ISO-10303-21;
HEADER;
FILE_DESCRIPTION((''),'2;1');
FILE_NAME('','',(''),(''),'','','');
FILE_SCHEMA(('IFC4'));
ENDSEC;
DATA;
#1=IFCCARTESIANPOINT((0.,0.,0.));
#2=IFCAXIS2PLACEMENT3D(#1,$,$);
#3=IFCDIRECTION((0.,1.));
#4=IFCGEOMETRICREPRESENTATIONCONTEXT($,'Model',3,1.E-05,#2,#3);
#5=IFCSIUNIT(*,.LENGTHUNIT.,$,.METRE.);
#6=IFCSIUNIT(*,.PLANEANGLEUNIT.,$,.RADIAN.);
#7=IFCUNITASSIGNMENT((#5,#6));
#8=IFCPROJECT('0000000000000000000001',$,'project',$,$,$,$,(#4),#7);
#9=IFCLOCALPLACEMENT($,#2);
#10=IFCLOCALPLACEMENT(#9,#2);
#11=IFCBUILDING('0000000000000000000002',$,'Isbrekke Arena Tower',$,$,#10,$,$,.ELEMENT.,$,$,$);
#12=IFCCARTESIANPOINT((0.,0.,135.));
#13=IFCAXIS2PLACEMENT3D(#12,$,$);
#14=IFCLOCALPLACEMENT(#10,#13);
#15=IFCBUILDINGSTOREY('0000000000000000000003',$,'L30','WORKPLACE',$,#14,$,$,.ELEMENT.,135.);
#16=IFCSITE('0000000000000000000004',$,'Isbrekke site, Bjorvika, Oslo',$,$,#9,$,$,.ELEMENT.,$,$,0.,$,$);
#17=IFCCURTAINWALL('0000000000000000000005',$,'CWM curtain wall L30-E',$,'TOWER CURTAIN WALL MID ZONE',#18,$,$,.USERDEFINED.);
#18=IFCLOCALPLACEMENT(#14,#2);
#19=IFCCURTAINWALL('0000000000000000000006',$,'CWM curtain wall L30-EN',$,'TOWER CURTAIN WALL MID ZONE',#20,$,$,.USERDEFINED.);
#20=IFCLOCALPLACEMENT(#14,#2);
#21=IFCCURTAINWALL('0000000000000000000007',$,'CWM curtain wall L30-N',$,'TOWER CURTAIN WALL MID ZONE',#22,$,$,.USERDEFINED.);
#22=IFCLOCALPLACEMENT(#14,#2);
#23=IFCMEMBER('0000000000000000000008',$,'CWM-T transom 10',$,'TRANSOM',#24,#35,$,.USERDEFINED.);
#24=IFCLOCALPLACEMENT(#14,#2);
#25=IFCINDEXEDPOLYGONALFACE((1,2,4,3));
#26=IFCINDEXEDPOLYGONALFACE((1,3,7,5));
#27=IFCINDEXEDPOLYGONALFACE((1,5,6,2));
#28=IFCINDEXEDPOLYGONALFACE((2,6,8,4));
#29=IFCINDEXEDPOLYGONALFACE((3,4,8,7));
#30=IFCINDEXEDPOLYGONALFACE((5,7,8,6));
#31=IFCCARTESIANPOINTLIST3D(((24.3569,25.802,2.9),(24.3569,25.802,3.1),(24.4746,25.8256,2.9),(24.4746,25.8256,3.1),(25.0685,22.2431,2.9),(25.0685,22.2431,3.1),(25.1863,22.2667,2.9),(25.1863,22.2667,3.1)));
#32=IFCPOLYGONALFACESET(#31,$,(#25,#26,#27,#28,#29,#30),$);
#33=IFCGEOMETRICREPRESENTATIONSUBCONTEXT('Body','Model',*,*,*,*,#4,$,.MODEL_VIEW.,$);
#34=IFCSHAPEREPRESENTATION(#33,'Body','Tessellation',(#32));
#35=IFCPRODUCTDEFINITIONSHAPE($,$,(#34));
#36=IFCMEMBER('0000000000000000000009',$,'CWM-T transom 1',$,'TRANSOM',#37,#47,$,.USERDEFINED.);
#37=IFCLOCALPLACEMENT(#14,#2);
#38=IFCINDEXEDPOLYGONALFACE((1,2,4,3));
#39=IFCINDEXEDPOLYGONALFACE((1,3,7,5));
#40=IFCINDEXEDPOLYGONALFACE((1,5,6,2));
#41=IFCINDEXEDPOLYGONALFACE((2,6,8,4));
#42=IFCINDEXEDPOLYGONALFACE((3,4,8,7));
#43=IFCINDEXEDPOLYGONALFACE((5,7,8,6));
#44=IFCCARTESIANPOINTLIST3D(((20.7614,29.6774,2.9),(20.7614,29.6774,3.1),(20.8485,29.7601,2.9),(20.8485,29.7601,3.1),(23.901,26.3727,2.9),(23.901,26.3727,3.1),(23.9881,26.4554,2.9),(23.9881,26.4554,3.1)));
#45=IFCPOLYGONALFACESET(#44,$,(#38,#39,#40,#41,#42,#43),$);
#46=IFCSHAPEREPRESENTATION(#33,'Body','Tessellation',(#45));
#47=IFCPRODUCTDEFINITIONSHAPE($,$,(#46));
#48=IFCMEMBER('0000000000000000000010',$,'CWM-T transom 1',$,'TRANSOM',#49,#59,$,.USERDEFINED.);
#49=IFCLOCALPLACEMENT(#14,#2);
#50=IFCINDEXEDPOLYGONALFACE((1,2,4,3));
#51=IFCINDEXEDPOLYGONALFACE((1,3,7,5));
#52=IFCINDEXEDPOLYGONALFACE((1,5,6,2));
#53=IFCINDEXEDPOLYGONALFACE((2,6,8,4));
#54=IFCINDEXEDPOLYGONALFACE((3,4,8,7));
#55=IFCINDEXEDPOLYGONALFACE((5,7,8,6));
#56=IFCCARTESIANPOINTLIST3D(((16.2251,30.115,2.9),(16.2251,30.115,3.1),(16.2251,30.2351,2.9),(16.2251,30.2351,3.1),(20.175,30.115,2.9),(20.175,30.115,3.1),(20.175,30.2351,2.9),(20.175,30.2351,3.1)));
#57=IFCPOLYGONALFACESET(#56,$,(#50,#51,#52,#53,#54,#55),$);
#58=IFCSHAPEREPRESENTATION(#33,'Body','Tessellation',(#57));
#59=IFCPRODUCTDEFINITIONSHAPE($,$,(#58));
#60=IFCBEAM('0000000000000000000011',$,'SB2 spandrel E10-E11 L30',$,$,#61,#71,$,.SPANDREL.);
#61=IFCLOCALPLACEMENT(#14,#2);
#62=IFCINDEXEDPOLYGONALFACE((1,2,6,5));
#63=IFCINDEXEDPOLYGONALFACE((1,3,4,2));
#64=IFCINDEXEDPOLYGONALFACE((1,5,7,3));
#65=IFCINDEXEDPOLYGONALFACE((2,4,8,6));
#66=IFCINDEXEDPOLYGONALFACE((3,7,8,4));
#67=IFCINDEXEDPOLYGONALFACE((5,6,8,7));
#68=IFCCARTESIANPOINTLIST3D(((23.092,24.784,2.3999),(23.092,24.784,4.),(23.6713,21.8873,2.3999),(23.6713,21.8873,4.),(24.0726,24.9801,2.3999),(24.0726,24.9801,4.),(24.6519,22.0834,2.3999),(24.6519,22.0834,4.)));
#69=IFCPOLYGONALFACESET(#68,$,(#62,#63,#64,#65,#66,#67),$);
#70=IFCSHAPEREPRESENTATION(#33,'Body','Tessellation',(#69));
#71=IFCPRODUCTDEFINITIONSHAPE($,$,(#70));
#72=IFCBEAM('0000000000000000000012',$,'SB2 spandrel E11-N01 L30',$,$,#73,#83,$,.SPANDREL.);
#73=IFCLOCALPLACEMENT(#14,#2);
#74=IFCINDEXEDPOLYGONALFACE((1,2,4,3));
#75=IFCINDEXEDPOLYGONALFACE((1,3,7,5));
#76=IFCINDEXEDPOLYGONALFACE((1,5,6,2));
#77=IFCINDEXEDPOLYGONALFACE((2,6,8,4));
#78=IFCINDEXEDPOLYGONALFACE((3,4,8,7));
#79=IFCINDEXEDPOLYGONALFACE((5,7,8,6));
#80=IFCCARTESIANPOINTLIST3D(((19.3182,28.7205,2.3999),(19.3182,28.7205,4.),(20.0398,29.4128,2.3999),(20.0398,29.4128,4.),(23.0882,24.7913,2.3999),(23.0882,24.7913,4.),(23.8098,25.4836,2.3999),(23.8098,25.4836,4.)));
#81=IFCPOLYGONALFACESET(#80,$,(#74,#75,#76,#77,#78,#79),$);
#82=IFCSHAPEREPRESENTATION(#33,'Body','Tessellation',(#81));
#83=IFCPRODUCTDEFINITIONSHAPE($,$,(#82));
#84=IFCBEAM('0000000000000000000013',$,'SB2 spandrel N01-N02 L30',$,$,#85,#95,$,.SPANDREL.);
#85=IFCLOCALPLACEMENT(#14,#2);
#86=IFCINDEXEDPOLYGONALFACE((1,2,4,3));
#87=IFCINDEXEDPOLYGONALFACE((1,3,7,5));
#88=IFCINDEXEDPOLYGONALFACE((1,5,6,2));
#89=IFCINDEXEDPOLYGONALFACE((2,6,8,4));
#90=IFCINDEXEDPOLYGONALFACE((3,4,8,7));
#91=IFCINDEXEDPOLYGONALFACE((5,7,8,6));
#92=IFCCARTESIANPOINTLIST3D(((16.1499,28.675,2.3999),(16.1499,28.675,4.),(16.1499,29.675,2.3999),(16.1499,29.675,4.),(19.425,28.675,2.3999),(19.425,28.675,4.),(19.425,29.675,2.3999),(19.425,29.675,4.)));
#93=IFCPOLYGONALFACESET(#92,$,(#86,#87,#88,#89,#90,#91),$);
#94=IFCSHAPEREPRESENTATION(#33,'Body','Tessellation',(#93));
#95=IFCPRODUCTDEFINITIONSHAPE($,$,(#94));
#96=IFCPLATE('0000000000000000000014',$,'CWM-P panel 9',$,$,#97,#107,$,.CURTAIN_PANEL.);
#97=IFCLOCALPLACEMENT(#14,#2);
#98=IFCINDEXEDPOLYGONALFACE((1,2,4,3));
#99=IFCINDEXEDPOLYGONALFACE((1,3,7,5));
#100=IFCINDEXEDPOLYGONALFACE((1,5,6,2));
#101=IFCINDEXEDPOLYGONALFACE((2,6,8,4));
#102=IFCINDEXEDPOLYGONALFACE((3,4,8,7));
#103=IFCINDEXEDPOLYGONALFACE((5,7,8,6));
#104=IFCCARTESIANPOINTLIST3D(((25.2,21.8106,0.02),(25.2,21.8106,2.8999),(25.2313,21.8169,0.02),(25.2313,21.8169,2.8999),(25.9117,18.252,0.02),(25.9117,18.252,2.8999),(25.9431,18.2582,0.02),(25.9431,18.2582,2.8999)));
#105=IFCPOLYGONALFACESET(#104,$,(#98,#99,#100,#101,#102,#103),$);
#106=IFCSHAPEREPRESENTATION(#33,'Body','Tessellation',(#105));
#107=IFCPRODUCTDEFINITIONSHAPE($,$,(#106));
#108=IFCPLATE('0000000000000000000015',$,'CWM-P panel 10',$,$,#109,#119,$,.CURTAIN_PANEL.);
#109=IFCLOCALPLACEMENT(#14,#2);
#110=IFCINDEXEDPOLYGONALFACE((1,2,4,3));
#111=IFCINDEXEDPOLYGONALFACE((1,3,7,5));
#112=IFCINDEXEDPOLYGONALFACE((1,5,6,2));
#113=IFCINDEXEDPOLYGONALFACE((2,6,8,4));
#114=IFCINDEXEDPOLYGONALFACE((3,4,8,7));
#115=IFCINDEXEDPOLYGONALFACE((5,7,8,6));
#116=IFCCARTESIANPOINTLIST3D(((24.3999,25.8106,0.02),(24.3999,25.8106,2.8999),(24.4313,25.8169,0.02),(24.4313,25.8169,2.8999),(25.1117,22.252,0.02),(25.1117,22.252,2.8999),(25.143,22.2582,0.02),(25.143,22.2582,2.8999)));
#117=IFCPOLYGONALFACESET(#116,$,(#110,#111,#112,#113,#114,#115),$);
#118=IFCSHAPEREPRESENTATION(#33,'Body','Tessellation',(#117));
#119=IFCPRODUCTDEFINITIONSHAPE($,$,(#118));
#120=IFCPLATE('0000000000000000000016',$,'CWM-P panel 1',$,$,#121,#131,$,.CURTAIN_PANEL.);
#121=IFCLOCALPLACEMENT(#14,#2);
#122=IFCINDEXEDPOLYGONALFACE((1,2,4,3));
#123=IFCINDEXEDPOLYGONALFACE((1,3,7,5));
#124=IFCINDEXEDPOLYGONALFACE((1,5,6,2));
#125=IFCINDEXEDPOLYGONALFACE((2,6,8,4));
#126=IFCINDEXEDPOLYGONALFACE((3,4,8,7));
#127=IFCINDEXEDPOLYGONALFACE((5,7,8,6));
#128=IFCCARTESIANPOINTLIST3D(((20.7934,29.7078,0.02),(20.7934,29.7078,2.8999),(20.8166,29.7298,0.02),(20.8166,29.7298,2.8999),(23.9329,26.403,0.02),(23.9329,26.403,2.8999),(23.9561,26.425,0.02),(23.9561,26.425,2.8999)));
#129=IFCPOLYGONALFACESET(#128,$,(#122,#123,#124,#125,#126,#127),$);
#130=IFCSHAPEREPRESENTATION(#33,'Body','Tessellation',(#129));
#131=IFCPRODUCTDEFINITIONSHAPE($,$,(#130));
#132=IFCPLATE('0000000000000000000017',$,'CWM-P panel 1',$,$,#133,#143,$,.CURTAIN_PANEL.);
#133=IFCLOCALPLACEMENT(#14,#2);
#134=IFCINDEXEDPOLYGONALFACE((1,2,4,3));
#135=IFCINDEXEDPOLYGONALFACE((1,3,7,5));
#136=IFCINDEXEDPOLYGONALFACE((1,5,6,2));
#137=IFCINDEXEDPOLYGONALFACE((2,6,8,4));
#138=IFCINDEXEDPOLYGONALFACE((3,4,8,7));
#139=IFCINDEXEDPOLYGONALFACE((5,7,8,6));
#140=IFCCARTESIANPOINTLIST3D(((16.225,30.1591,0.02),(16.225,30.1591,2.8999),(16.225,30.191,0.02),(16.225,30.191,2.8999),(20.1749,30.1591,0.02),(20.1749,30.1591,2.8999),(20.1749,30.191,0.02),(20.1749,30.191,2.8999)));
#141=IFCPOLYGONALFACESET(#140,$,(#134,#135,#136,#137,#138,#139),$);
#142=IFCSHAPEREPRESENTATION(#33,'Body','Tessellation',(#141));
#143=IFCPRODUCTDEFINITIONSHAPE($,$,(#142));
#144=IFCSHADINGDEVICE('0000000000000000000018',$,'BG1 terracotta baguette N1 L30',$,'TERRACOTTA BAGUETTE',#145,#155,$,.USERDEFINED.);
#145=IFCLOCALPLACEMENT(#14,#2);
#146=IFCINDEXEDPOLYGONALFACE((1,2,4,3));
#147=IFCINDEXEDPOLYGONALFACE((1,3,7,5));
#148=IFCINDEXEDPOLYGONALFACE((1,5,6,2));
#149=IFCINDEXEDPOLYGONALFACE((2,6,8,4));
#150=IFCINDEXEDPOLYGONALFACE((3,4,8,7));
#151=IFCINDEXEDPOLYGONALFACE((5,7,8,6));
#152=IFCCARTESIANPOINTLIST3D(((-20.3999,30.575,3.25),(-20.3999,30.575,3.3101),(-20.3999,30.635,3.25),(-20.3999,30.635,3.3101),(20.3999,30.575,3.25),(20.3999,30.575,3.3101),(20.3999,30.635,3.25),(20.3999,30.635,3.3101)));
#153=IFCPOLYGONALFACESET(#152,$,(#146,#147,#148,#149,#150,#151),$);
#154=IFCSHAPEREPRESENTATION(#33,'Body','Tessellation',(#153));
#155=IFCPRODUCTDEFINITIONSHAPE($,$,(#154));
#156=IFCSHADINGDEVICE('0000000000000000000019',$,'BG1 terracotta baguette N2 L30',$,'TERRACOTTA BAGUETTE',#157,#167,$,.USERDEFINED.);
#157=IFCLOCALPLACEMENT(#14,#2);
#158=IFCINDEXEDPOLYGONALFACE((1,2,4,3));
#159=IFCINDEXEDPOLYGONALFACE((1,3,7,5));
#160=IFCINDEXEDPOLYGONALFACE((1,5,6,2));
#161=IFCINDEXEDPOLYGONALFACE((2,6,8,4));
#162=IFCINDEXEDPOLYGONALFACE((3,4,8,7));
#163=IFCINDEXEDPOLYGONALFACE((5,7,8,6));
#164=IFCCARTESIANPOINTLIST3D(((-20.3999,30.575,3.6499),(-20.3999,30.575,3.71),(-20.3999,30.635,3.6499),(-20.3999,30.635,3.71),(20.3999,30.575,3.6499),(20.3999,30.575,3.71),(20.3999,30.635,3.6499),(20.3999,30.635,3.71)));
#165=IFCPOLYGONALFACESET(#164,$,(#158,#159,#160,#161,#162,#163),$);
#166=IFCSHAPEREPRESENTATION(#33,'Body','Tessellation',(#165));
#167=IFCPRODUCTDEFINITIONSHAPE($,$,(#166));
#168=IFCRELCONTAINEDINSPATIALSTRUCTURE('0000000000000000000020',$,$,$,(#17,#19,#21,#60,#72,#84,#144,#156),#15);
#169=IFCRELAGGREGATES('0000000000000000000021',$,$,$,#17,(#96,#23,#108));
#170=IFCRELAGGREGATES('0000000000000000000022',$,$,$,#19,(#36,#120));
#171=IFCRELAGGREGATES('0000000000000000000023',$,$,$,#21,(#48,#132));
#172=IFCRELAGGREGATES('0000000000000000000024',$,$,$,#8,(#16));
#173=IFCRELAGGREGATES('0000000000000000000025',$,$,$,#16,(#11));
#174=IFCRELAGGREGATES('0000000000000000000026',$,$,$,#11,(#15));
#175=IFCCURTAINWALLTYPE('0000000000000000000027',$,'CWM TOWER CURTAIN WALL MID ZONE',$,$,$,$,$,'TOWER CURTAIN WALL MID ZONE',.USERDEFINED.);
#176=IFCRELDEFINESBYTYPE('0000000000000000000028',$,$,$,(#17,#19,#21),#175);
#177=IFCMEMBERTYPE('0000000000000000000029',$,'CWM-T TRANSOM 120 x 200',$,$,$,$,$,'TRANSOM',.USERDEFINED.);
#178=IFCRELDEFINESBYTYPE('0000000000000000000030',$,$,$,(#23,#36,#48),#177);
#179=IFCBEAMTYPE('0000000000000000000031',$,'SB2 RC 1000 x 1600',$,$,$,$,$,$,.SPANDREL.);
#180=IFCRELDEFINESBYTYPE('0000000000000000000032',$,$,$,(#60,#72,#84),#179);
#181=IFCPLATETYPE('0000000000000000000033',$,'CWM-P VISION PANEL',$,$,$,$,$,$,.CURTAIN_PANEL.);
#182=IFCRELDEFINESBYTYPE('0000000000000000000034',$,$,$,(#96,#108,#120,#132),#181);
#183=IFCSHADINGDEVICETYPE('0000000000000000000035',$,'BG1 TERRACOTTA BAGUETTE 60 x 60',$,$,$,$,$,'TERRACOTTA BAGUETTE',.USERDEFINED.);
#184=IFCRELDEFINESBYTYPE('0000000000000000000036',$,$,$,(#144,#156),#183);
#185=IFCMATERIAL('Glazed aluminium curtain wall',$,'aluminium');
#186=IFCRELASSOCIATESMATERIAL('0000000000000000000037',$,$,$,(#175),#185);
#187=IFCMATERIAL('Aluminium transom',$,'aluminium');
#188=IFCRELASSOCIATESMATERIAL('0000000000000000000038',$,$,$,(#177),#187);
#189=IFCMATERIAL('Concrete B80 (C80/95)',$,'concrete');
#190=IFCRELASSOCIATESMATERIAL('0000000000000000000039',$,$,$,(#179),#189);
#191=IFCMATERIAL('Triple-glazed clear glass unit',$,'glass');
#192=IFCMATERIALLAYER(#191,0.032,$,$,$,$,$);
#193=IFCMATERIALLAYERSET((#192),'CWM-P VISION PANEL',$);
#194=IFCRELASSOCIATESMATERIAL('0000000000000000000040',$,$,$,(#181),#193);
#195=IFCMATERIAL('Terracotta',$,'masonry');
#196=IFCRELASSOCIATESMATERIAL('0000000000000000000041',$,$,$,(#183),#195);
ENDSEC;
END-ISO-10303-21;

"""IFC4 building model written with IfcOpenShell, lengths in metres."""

from ifc_helpers import new_model, si_unit, direction, frame, origin, origin_2d, place, context, subcontext, project, spatial, rectangle, extrude, material, layer, layer_set, material_profile, profile_set, type_object, element, aggregate, save


model = new_model("IFC4")

# Units and contexts
model_context = context("Model", 3, precision=1e-05, world=origin(), true_north=direction((0.0, 1.0)))
body_context = subcontext(model_context, "Body", "Model", "MODEL_VIEW")
ifc_project = project(units=[si_unit("LENGTHUNIT", "METRE"), si_unit("PLANEANGLEUNIT", "RADIAN")], contexts=[model_context])

# Site, building, storey
site_placement = place(None, origin())
site = spatial("IfcSite", under=ifc_project, at=site_placement, Name="Isbrekke site, Bjorvika, Oslo", CompositionType="ELEMENT", RefElevation=0.0)
building_placement = place(site_placement, origin())
building = spatial("IfcBuilding", under=site, at=building_placement, Name="Isbrekke Arena Tower", CompositionType="ELEMENT")
storey_placement = place(building_placement, frame((0.0, 0.0, 135.0)))
storey = spatial("IfcBuildingStorey", under=building, at=storey_placement, Name="L30", Description="WORKPLACE", CompositionType="ELEMENT", Elevation=135.0)

# Curtain walls
ifc_material_1 = material(Name="Glazed aluminium curtain wall", Category="aluminium")
curtain_wall_type = type_object("IfcCurtainWallType", Name="CWM TOWER CURTAIN WALL MID ZONE", ElementType="TOWER CURTAIN WALL MID ZONE", PredefinedType="USERDEFINED", material=ifc_material_1)
curtain_wall_1_placement = place(storey_placement, origin())
curtain_wall_1 = element("IfcCurtainWall", 1, at=curtain_wall_1_placement, inside=storey, type_object=curtain_wall_type, Name="CWM curtain wall L30-E", ObjectType="TOWER CURTAIN WALL MID ZONE", PredefinedType="USERDEFINED")
curtain_wall_2_placement = place(storey_placement, origin())
curtain_wall_2 = element("IfcCurtainWall", 2, at=curtain_wall_2_placement, inside=storey, type_object=curtain_wall_type, Name="CWM curtain wall L30-EN", ObjectType="TOWER CURTAIN WALL MID ZONE", PredefinedType="USERDEFINED")
curtain_wall_3_placement = place(storey_placement, origin())
curtain_wall_3 = element("IfcCurtainWall", 3, at=curtain_wall_3_placement, inside=storey, type_object=curtain_wall_type, Name="CWM curtain wall L30-N", ObjectType="TOWER CURTAIN WALL MID ZONE", PredefinedType="USERDEFINED")

# Members
ifc_material_2 = material(Name="Aluminium transom", Category="aluminium")
ifc_material_profile_1 = material_profile(ifc_material_2, rectangle(XDim=0.1201, YDim=0.2, at=origin_2d()), Name="TRANSOM 120X200")
ifc_profile_set_1 = profile_set([ifc_material_profile_1], Name="Aluminium transom")
member_type_1 = type_object("IfcMemberType", Name="CWM-T TRANSOM 120 x 200", ElementType="TRANSOM", PredefinedType="USERDEFINED", material=ifc_profile_set_1)
member_1_placement = place(storey_placement, frame((25.1274, 22.2549, 3.0), z_axis=(-0.19609, 0.980586, 0.0), x_axis=(-0.980586, -0.19609, 0.0)))
member_1 = element("IfcMember", 4, at=member_1_placement, type_object=member_type_1, Name="CWM-T transom 10", ObjectType="TRANSOM", PredefinedType="USERDEFINED", context=body_context, shape_type="SweptSolid", body=[
    extrude(rectangle(XDim=0.1201, YDim=0.2, at=origin_2d()), origin(), (0.0, 0.0, 1.0), 3.6294),
])
member_2_placement = place(storey_placement, frame((23.9446, 26.4141, 3.0), z_axis=(-0.688772, 0.724978, 0.0), x_axis=(-0.724978, -0.688772, 0.0)))
member_2 = element("IfcMember", 5, at=member_2_placement, type_object=member_type_1, Name="CWM-T transom 1", ObjectType="TRANSOM", PredefinedType="USERDEFINED", context=body_context, shape_type="SweptSolid", body=[
    extrude(rectangle(XDim=0.1201, YDim=0.2, at=origin_2d()), origin(), (0.0, 0.0, 1.0), 4.5583),
])
member_3_placement = place(storey_placement, frame((20.175, 30.175, 3.0), z_axis=(-1.0, 0.0, 0.0), x_axis=(0.0, -1.0, 0.0)))
member_3 = element("IfcMember", 6, at=member_3_placement, type_object=member_type_1, Name="CWM-T transom 1", ObjectType="TRANSOM", PredefinedType="USERDEFINED", context=body_context, shape_type="SweptSolid", body=[
    extrude(rectangle(XDim=0.1201, YDim=0.2, at=origin_2d()), origin(), (0.0, 0.0, 1.0), 3.95),
])

# Beams
ifc_material_3 = material(Name="Concrete B80 (C80/95)", Category="concrete")
ifc_material_profile_2 = material_profile(ifc_material_3, rectangle(XDim=1.0, YDim=1.6001, at=origin_2d()), Name="RC 1000x1600")
ifc_profile_set_2 = profile_set([ifc_material_profile_2], Name="Concrete B80 (C80/95)")
beam_type_1 = type_object("IfcBeamType", Name="SB2 RC 1000 x 1600", PredefinedType="SPANDREL", material=ifc_profile_set_2)
beam_1_placement = place(storey_placement, frame((24.1616, 21.9854, 3.2), z_axis=(-0.196116, 0.980581, 0.0), x_axis=(-0.980581, -0.196116, 0.0)))
element("IfcBeam", 7, at=beam_1_placement, inside=storey, type_object=beam_type_1, Name="SB2 spandrel E10-E11 L30", PredefinedType="SPANDREL", context=body_context, shape_type="SweptSolid", body=[
    extrude(rectangle(XDim=1.0, YDim=1.6001, at=origin_2d()), origin(), (0.0, 0.0, 1.0), 2.9541),
])
beam_2_placement = place(storey_placement, frame((23.449, 25.1375, 3.2), z_axis=(-0.69234, 0.721572, 0.0), x_axis=(-0.721572, -0.69234, 0.0)))
element("IfcBeam", 8, at=beam_2_placement, inside=storey, type_object=beam_type_1, Name="SB2 spandrel E11-N01 L30", PredefinedType="SPANDREL", context=body_context, shape_type="SweptSolid", body=[
    extrude(rectangle(XDim=1.0, YDim=1.6001, at=origin_2d()), origin(), (0.0, 0.0, 1.0), 5.4453),
])
beam_3_placement = place(storey_placement, frame((19.425, 29.175, 3.2), z_axis=(-1.0, 0.0, 0.0), x_axis=(0.0, -1.0, 0.0)))
element("IfcBeam", 9, at=beam_3_placement, inside=storey, type_object=beam_type_1, Name="SB2 spandrel N01-N02 L30", PredefinedType="SPANDREL", context=body_context, shape_type="SweptSolid", body=[
    extrude(rectangle(XDim=1.0, YDim=1.6001, at=origin_2d()), origin(), (0.0, 0.0, 1.0), 3.2751),
])

# Plates
ifc_material_4 = material(Name="Triple-glazed clear glass unit", Category="glass")
ifc_layer = layer(ifc_material_4, 0.032)
ifc_layer_set = layer_set([ifc_layer], Name="CWM-P VISION PANEL")
plate_type = type_object("IfcPlateType", Name="CWM-P VISION PANEL", PredefinedType="CURTAIN_PANEL", material=ifc_layer_set)
plate_1_placement = place(storey_placement, frame((25.5715, 20.0344, 0.02), z_axis=(0.0, 0.0, 1.0), x_axis=(-0.196116, 0.980581, 0.0)))
plate_1 = element("IfcPlate", 10, at=plate_1_placement, type_object=plate_type, Name="CWM-P panel 9", PredefinedType="CURTAIN_PANEL", context=body_context, shape_type="SweptSolid", body=[
    extrude(rectangle(XDim=3.6292, YDim=0.032, at=origin_2d()), origin(), (0.0, 0.0, 1.0), 2.8799),
])
plate_2_placement = place(storey_placement, frame((24.7715, 24.0344, 0.02), z_axis=(0.0, 0.0, 1.0), x_axis=(-0.196116, 0.980581, 0.0)))
plate_2 = element("IfcPlate", 11, at=plate_2_placement, type_object=plate_type, Name="CWM-P panel 10", PredefinedType="CURTAIN_PANEL", context=body_context, shape_type="SweptSolid", body=[
    extrude(rectangle(XDim=3.6292, YDim=0.032, at=origin_2d()), origin(), (0.0, 0.0, 1.0), 2.8799),
])
aggregate(curtain_wall_1, [plate_1, member_1, plate_2])
plate_3_placement = place(storey_placement, frame((22.3748, 28.0664, 0.02), z_axis=(0.0, 0.0, 1.0), x_axis=(-0.688749, 0.724999, 0.0)))
plate_3 = element("IfcPlate", 12, at=plate_3_placement, type_object=plate_type, Name="CWM-P panel 1", PredefinedType="CURTAIN_PANEL", context=body_context, shape_type="SweptSolid", body=[
    extrude(rectangle(XDim=4.5583, YDim=0.032, at=origin_2d()), origin(), (0.0, 0.0, 1.0), 2.8799),
])
aggregate(curtain_wall_2, [member_2, plate_3])
plate_4_placement = place(storey_placement, frame((18.2, 30.175, 0.02), z_axis=(0.0, 0.0, 1.0), x_axis=(-1.0, 0.0, 0.0)))
plate_4 = element("IfcPlate", 13, at=plate_4_placement, type_object=plate_type, Name="CWM-P panel 1", PredefinedType="CURTAIN_PANEL", context=body_context, shape_type="SweptSolid", body=[
    extrude(rectangle(XDim=3.95, YDim=0.032, at=origin_2d()), origin(), (0.0, 0.0, 1.0), 2.8799),
])
aggregate(curtain_wall_3, [member_3, plate_4])

# Shading devices
ifc_material_5 = material(Name="Terracotta", Category="masonry")
ifc_material_profile_3 = material_profile(ifc_material_5, rectangle(XDim=0.0601, YDim=0.0601, at=origin_2d()), Name="BAGUETTE 60X60")
ifc_profile_set_3 = profile_set([ifc_material_profile_3], Name="Terracotta")
shading_device_type = type_object("IfcShadingDeviceType", Name="BG1 TERRACOTTA BAGUETTE 60 x 60", ElementType="TERRACOTTA BAGUETTE", PredefinedType="USERDEFINED", material=ifc_profile_set_3)
for number, where, z_axis, x_axis, name in (
    (14, (20.3999, 30.605, 3.28), (-1.0, 0.0, 0.0), (0.0, -1.0, 0.0), "BG1 terracotta baguette N1 L30"),
    (15, (20.3999, 30.605, 3.6799), (-1.0, 0.0, 0.0), (0.0, -1.0, 0.0), "BG1 terracotta baguette N2 L30"),
):
    element("IfcShadingDevice", number, at=place(storey_placement, frame(where, z_axis=z_axis, x_axis=x_axis)), inside=storey, type_object=shading_device_type, Name=name, ObjectType="TERRACOTTA BAGUETTE", PredefinedType="USERDEFINED", context=body_context, shape_type="SweptSolid", body=[
        extrude(rectangle(XDim=0.0601, YDim=0.0601, at=origin_2d()), origin(), (0.0, 0.0, 1.0), 40.7998),
    ])

save(model, "model.ifc")
